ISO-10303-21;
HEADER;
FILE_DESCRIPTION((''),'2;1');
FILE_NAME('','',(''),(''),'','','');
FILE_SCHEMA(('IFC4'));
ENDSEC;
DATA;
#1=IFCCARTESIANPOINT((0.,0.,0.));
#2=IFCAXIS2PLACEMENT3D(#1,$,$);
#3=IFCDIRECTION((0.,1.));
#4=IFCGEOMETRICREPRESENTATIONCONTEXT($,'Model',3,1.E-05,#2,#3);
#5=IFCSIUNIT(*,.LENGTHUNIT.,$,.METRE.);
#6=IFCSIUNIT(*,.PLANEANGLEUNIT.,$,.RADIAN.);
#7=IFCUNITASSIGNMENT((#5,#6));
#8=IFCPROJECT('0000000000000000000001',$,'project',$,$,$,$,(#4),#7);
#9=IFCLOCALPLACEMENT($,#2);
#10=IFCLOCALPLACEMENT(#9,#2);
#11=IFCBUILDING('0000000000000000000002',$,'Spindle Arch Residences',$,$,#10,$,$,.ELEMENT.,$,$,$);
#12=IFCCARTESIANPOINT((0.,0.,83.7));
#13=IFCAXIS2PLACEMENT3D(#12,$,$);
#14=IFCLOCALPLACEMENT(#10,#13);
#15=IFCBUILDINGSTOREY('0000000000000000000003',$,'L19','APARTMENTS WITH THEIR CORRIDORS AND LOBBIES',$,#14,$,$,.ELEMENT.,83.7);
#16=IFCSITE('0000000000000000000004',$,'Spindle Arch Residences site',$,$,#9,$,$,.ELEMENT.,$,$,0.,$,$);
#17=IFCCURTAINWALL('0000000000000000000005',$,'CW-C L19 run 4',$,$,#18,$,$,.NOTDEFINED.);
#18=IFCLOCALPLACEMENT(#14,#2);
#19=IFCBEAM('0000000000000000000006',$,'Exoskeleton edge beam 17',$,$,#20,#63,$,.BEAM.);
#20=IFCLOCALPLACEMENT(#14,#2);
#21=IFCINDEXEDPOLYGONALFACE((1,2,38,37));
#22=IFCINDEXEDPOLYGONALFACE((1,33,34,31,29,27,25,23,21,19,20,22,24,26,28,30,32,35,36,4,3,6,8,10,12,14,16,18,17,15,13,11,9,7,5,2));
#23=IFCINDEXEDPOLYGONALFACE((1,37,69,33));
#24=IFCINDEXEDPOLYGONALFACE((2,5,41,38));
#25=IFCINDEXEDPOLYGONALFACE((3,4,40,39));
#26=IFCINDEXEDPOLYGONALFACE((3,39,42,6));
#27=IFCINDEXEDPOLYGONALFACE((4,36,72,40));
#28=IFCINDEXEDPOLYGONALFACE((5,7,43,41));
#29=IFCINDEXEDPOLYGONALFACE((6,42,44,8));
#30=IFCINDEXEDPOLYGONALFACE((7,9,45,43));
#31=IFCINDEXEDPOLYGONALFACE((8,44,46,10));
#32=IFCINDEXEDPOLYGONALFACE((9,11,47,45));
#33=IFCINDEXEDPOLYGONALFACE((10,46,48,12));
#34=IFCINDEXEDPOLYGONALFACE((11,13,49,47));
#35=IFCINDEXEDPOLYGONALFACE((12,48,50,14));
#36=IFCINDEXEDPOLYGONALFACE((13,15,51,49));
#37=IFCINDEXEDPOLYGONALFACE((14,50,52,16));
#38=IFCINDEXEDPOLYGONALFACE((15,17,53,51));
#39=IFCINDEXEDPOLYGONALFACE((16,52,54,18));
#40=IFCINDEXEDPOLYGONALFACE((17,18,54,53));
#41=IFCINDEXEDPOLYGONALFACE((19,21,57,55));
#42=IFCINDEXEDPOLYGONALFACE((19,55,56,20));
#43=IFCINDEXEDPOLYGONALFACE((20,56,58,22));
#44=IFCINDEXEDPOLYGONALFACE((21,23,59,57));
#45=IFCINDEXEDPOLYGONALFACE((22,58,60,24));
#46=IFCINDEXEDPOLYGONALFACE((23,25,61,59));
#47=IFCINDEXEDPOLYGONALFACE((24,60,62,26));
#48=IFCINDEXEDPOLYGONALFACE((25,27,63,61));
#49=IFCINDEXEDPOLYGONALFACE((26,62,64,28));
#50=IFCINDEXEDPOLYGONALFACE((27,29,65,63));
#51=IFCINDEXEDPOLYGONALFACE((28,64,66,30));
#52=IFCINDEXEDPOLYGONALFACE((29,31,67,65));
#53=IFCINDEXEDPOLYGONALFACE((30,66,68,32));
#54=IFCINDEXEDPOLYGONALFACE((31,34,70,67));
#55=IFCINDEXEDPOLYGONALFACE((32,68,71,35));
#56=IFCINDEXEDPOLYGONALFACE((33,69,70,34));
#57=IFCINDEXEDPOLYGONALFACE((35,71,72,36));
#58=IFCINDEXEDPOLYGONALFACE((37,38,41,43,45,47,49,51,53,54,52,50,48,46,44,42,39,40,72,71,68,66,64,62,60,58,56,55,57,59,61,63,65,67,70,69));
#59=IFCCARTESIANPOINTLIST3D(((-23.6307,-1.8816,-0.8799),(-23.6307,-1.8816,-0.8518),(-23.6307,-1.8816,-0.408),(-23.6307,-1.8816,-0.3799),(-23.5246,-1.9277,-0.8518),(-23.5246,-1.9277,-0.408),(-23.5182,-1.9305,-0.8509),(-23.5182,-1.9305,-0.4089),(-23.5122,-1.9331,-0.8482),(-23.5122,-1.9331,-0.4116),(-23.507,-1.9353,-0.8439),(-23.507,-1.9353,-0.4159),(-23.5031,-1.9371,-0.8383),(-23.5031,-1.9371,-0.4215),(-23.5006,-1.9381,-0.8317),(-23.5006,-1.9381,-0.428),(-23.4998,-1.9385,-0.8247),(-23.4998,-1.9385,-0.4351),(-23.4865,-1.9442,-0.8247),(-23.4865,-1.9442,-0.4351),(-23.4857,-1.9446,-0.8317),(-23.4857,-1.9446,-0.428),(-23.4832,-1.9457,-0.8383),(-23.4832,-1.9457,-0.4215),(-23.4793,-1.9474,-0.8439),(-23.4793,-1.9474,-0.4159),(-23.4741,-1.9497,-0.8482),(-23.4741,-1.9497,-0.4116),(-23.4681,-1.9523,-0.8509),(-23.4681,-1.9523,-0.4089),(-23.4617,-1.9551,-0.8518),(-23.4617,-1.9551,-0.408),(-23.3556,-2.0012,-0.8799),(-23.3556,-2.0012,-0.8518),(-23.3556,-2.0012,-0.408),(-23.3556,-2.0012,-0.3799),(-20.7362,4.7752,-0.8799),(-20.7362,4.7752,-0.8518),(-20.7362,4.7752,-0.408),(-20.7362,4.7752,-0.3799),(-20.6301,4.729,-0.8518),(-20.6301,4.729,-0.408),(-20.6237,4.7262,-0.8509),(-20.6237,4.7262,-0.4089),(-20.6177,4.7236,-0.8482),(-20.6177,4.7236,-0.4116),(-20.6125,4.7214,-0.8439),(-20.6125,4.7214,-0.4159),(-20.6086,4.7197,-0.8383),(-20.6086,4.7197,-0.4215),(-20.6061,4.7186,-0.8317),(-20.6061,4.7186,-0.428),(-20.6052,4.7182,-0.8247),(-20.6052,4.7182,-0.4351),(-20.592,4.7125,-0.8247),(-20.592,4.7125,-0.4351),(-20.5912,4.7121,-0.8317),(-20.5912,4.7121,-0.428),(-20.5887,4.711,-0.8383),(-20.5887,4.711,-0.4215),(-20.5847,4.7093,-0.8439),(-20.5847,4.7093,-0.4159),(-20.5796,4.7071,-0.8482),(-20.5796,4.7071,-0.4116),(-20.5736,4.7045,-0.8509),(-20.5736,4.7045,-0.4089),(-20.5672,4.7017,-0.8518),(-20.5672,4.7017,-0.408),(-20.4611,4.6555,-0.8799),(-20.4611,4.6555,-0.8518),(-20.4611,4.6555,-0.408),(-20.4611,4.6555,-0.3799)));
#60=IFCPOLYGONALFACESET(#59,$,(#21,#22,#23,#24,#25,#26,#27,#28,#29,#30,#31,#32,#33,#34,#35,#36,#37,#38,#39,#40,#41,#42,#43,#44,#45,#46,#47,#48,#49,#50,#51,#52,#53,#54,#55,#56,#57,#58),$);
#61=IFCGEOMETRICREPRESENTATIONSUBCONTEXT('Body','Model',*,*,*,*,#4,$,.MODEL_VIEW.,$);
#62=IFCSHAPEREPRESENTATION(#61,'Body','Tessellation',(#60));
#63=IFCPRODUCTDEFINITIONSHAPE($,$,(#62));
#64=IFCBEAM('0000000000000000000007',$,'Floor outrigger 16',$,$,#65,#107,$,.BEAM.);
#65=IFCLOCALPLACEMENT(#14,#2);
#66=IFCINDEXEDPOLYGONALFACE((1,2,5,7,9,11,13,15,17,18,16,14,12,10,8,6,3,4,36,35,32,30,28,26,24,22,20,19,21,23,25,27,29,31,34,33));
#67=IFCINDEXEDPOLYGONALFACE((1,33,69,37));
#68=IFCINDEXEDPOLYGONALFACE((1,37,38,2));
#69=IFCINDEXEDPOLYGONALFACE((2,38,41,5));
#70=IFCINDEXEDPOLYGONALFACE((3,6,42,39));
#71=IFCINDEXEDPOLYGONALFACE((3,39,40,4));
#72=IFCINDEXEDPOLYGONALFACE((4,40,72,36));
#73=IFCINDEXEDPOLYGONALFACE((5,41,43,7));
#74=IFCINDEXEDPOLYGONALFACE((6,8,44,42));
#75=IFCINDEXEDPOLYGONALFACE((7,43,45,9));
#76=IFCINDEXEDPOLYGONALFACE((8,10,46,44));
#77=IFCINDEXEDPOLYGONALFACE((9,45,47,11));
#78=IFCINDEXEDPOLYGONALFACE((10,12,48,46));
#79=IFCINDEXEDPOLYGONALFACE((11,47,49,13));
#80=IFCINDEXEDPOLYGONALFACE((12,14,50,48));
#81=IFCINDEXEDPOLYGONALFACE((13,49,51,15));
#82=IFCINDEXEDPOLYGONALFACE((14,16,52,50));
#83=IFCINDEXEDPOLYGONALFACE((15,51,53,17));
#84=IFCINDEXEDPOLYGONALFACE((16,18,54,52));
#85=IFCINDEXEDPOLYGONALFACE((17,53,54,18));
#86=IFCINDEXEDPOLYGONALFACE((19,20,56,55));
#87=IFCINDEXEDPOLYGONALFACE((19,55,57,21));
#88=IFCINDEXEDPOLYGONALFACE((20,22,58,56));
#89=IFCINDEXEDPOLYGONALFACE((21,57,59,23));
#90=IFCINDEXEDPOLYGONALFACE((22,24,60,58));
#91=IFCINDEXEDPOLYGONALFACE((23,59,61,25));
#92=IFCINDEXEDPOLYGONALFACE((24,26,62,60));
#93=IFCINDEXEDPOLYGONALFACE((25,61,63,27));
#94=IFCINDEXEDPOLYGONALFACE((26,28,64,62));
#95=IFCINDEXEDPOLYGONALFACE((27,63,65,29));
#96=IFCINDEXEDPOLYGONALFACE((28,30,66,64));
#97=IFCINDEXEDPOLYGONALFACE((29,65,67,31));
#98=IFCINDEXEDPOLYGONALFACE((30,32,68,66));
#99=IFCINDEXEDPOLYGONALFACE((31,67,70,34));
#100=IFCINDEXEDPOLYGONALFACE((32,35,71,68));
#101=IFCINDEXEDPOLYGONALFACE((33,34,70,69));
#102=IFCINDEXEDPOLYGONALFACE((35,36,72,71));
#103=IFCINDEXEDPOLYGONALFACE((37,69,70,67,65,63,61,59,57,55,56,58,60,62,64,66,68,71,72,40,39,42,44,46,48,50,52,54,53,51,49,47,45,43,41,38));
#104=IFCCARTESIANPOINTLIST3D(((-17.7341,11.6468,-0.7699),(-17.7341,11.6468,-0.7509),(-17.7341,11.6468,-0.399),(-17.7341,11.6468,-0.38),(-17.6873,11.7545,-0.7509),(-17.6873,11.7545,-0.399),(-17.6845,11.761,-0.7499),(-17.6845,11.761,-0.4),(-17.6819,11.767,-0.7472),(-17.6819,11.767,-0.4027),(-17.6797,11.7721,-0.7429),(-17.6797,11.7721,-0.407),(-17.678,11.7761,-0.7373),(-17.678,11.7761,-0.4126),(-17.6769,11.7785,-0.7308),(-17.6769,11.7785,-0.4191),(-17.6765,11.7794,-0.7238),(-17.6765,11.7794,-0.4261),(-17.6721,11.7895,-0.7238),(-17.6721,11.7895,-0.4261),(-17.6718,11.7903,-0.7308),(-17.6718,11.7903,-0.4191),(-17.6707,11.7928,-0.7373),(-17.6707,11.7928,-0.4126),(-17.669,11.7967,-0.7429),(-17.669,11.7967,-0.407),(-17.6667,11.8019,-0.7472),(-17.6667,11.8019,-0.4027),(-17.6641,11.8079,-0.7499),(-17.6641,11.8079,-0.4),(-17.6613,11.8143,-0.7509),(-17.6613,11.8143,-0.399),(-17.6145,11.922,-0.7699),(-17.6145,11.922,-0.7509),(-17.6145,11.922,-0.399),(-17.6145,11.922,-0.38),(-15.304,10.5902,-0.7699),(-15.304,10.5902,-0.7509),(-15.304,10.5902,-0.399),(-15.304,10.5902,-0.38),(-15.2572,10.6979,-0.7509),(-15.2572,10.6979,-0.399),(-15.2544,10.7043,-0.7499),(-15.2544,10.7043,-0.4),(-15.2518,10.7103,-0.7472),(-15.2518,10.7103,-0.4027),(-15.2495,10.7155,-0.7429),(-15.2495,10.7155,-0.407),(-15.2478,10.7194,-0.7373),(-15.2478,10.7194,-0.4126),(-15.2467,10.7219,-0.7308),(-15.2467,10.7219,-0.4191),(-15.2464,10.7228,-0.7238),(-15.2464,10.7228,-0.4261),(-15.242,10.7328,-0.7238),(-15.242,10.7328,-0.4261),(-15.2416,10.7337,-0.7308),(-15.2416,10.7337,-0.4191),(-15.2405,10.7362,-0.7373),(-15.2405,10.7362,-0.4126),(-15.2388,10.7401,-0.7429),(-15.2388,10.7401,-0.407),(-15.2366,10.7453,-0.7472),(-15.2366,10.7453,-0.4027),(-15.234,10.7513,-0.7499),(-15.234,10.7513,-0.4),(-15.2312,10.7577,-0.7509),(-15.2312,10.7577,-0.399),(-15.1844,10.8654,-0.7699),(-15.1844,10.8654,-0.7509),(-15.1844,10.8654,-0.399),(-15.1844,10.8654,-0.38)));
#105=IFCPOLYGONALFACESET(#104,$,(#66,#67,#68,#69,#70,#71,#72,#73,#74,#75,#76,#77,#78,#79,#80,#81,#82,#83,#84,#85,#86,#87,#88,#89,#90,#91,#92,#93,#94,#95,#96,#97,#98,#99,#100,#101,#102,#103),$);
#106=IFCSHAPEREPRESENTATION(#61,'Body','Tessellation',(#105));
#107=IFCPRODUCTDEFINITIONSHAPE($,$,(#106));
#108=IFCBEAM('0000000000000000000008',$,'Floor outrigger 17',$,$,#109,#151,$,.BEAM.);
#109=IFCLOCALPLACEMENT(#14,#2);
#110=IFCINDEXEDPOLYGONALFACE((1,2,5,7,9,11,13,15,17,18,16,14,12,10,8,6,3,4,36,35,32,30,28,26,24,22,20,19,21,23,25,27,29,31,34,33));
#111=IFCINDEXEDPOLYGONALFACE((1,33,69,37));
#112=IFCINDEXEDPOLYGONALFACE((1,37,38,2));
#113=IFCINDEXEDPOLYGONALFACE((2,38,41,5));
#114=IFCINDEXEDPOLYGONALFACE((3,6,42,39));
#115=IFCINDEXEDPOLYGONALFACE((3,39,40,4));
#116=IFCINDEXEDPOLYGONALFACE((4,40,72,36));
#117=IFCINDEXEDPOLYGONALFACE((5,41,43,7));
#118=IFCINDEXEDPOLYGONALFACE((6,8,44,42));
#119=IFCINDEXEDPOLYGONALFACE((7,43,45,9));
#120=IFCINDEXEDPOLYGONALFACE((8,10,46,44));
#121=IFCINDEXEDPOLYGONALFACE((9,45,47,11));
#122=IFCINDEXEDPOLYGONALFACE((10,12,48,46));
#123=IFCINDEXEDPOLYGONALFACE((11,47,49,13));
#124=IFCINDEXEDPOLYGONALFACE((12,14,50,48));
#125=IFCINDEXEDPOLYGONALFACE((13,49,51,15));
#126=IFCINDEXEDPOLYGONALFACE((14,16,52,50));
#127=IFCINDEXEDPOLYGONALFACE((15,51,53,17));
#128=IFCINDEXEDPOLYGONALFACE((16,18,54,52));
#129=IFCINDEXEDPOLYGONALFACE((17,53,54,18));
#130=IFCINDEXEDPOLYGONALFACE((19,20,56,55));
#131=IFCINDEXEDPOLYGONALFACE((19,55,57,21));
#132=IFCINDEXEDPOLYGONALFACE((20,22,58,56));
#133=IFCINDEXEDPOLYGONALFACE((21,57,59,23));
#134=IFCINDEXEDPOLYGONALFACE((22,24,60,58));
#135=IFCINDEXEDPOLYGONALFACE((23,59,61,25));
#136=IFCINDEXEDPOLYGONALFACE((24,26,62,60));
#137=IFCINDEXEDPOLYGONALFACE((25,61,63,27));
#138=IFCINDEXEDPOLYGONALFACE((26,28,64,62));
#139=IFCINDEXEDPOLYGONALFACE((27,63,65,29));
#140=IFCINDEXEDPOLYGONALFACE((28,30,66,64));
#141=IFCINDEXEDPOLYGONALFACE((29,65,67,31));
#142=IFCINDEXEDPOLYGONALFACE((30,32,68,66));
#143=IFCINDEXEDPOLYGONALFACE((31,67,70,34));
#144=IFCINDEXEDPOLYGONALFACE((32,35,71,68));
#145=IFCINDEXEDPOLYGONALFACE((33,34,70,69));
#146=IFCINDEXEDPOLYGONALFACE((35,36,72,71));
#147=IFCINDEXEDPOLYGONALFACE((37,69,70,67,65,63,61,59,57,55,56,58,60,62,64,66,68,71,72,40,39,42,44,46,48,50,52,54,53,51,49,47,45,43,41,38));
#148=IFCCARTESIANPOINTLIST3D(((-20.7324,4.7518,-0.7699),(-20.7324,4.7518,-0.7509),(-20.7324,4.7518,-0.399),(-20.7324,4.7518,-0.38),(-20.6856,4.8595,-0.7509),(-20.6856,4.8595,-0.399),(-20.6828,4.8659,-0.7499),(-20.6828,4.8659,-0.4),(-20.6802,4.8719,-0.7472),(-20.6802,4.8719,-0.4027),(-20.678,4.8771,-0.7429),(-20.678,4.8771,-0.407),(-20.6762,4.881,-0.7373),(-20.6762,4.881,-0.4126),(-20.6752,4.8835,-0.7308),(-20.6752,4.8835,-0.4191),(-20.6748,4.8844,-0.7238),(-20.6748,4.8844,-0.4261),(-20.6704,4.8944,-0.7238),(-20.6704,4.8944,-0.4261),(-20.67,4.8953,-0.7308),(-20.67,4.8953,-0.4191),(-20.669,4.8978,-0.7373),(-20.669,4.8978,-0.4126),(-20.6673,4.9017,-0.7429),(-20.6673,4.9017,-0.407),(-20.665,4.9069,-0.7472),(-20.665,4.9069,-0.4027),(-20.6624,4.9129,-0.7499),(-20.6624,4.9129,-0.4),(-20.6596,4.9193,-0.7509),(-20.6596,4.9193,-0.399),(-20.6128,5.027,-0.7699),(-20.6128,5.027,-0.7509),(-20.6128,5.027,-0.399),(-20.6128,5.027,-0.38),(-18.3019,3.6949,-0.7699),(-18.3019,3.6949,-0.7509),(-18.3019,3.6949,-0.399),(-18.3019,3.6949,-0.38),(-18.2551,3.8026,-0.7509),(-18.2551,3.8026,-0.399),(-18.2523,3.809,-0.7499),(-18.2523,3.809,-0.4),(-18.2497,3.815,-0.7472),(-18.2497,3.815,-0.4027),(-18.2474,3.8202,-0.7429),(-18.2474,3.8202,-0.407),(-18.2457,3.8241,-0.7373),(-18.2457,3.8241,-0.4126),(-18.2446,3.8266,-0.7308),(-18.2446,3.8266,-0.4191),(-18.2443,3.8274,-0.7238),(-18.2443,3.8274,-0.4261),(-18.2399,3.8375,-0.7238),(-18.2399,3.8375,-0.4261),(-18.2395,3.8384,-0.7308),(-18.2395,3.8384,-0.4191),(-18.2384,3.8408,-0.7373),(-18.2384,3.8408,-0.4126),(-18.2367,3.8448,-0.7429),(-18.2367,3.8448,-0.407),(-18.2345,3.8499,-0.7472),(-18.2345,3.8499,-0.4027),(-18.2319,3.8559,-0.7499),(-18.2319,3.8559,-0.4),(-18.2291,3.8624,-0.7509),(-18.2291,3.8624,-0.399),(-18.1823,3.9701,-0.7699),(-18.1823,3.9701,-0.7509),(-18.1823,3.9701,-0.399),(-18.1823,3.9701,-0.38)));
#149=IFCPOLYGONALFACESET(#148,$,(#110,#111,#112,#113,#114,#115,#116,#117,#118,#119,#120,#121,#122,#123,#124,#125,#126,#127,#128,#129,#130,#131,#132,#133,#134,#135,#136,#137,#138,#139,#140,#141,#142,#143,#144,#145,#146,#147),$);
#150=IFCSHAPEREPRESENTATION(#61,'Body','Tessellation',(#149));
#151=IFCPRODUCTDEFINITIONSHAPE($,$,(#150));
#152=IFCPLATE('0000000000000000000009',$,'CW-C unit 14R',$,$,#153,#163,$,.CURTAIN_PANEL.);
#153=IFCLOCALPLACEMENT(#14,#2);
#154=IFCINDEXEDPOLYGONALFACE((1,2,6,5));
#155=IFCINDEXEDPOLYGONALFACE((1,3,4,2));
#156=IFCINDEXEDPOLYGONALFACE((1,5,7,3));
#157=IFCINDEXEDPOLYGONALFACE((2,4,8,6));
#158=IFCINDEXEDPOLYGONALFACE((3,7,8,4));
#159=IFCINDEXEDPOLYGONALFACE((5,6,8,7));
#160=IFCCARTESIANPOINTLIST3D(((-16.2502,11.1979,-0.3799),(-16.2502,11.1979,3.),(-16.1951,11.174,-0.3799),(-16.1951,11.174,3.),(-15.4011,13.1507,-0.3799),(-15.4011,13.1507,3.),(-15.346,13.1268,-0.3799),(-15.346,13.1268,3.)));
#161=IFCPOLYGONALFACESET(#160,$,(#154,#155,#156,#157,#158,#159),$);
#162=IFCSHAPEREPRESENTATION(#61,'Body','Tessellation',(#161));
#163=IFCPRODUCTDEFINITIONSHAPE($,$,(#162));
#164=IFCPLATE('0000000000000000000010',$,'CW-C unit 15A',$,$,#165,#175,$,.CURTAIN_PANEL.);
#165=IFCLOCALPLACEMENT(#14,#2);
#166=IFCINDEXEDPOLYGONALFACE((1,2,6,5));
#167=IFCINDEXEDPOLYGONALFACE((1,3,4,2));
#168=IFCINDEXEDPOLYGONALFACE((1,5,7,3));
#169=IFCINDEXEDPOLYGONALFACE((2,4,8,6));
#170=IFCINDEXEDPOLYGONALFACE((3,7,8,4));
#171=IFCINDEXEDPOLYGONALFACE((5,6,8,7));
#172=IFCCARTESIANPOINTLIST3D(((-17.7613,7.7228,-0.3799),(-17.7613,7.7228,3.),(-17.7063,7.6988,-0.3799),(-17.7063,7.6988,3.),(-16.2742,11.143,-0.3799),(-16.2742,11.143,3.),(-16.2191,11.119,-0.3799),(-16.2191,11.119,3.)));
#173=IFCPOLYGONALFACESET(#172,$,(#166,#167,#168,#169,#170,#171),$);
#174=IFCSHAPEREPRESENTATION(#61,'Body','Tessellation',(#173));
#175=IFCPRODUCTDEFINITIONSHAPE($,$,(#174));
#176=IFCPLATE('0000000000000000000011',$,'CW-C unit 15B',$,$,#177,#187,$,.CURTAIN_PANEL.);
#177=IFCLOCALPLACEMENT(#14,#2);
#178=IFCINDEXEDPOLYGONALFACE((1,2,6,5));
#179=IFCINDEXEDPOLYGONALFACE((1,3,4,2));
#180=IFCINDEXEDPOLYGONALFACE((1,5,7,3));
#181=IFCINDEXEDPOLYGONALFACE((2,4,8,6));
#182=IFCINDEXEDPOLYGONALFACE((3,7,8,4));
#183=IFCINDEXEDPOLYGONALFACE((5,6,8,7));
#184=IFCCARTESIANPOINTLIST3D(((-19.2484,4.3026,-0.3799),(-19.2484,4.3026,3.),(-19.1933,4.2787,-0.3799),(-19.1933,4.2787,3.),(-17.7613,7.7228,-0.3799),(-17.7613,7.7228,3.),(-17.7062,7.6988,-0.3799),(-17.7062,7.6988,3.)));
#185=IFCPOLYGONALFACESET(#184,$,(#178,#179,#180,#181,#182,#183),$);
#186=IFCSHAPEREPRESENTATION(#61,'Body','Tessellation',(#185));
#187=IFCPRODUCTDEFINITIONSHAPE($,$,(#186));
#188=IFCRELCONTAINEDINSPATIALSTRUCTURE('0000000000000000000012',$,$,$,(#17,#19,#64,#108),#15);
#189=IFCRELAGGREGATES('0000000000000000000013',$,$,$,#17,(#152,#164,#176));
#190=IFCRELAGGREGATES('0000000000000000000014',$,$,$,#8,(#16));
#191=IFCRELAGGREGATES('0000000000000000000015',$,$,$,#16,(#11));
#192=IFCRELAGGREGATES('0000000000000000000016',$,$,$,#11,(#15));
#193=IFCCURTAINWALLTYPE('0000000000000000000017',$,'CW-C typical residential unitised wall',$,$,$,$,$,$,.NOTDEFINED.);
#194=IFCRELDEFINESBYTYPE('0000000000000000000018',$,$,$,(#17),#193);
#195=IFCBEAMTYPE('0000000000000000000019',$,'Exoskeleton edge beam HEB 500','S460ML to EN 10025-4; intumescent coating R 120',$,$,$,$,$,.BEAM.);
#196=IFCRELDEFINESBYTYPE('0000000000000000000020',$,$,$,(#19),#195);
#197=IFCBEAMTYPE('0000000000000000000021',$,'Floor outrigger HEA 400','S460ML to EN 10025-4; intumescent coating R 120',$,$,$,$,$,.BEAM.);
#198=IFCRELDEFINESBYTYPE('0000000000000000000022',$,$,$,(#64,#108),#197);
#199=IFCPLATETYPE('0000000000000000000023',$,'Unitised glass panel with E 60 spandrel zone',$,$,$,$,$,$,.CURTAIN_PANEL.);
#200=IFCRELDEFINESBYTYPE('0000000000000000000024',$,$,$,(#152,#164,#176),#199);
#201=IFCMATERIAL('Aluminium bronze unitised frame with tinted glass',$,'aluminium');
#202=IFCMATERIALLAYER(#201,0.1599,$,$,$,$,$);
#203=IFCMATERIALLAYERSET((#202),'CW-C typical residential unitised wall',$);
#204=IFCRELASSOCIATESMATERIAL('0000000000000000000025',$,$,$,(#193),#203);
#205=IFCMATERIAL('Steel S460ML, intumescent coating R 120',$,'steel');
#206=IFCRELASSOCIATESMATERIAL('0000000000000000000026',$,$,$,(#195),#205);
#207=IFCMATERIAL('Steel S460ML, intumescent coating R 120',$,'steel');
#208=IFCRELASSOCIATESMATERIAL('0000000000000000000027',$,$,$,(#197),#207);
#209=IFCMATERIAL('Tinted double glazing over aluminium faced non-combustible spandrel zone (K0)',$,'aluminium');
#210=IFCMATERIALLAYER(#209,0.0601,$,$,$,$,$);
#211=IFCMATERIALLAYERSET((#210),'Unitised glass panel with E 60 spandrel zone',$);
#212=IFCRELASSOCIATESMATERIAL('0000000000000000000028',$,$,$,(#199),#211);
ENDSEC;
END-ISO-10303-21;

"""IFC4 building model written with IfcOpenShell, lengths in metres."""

from ifc_helpers import new_model, si_unit, direction, frame, origin, origin_2d, place, context, subcontext, project, spatial, rectangle, i_section, extrude, material, layer, layer_set, material_profile, profile_set, type_object, element, aggregate, save


model = new_model("IFC4")

# Units and contexts
model_context = context("Model", 3, precision=1e-05, world=origin(), true_north=direction((0.0, 1.0)))
body_context = subcontext(model_context, "Body", "Model", "MODEL_VIEW")
ifc_project = project(units=[si_unit("LENGTHUNIT", "METRE"), si_unit("PLANEANGLEUNIT", "RADIAN")], contexts=[model_context])

# Site, building, storey
site_placement = place(None, origin())
site = spatial("IfcSite", under=ifc_project, at=site_placement, Name="Spindle Arch Residences site", CompositionType="ELEMENT", RefElevation=0.0)
building_placement = place(site_placement, origin())
building = spatial("IfcBuilding", under=site, at=building_placement, Name="Spindle Arch Residences", CompositionType="ELEMENT")
storey_placement = place(building_placement, frame((0.0, 0.0, 83.7)))
storey = spatial("IfcBuildingStorey", under=building, at=storey_placement, Name="L19", Description="APARTMENTS WITH THEIR CORRIDORS AND LOBBIES", CompositionType="ELEMENT", Elevation=83.7)

# Curtain wall
ifc_material_1 = material(Name="Aluminium bronze unitised frame with tinted glass", Category="aluminium")
ifc_layer_1 = layer(ifc_material_1, 0.1599)
ifc_layer_set_1 = layer_set([ifc_layer_1], Name="CW-C typical residential unitised wall")
curtain_wall_type = type_object("IfcCurtainWallType", Name="CW-C typical residential unitised wall", PredefinedType="NOTDEFINED", material=ifc_layer_set_1)
curtain_wall_placement = place(storey_placement, origin())
curtain_wall = element("IfcCurtainWall", 1, at=curtain_wall_placement, inside=storey, type_object=curtain_wall_type, Name="CW-C L19 run 4", PredefinedType="NOTDEFINED")

# Beams
ifc_material_2 = material(Name="Steel S460ML, intumescent coating R 120", Category="steel")
ifc_material_profile_1 = material_profile(ifc_material_2, i_section(OverallWidth=0.3, OverallDepth=0.5, WebThickness=0.0144, FlangeThickness=0.0281, FilletRadius=0.0271, at=origin_2d()), Name="HEB 500")
ifc_profile_set_1 = profile_set([ifc_material_profile_1], Name="Steel S460ML, intumescent coating R 120")
beam_type_1 = type_object("IfcBeamType", Name="Exoskeleton edge beam HEB 500", Description="S460ML to EN 10025-4; intumescent coating R 120", PredefinedType="BEAM", material=ifc_profile_set_1)
for number, where, z_axis, x_axis, name in (
    (2, (-20.5986, 4.7153, -0.6299), (-0.398761, -0.917055, 0.0), (0.917055, -0.398761, 0.0), "Exoskeleton edge beam 17"),
):
    element("IfcBeam", number, at=place(storey_placement, frame(where, z_axis=z_axis, x_axis=x_axis)), inside=storey, type_object=beam_type_1, Name=name, PredefinedType="BEAM", context=body_context, shape_type="SweptSolid", body=[
        extrude(i_section(OverallWidth=0.3, OverallDepth=0.5, WebThickness=0.0144, FlangeThickness=0.0281, FilletRadius=0.0271, at=origin_2d()), origin(), (0.0, 0.0, 1.0), 7.2588),
    ])
ifc_material_3 = material(Name="Steel S460ML, intumescent coating R 120", Category="steel")
ifc_material_profile_2 = material_profile(ifc_material_3, i_section(OverallWidth=0.3, OverallDepth=0.3899, WebThickness=0.011, FlangeThickness=0.019, FilletRadius=0.0271, at=origin_2d()), Name="HEA 400")
ifc_profile_set_2 = profile_set([ifc_material_profile_2], Name="Steel S460ML, intumescent coating R 120")
beam_type_2 = type_object("IfcBeamType", Name="Floor outrigger HEA 400", Description="S460ML to EN 10025-4; intumescent coating R 120", PredefinedType="BEAM", material=ifc_profile_set_2)
beam_1_placement = place(storey_placement, frame((-17.6743, 11.7844, -0.575), z_axis=(0.917064, -0.39874, 0.0), x_axis=(0.39874, 0.917064, 0.0)))
element("IfcBeam", 3, at=beam_1_placement, inside=storey, type_object=beam_type_2, Name="Floor outrigger 16", PredefinedType="BEAM", context=body_context, shape_type="SweptSolid", body=[
    extrude(i_section(OverallWidth=0.3, OverallDepth=0.3899, WebThickness=0.011, FlangeThickness=0.019, FilletRadius=0.0271, at=origin_2d()), origin(), (0.0, 0.0, 1.0), 2.6499),
])
beam_2_placement = place(storey_placement, frame((-20.6726, 4.8894, -0.575), z_axis=(0.917045, -0.398783, 0.0), x_axis=(0.398783, 0.917045, 0.0)))
element("IfcBeam", 4, at=beam_2_placement, inside=storey, type_object=beam_type_2, Name="Floor outrigger 17", PredefinedType="BEAM", context=body_context, shape_type="SweptSolid", body=[
    extrude(i_section(OverallWidth=0.3, OverallDepth=0.3899, WebThickness=0.011, FlangeThickness=0.019, FilletRadius=0.0271, at=origin_2d()), origin(), (0.0, 0.0, 1.0), 2.6504),
])

# Plates
ifc_material_4 = material(Name="Tinted double glazing over aluminium faced non-combustible spandrel zone (K0)", Category="aluminium")
ifc_layer_2 = layer(ifc_material_4, 0.0601)
ifc_layer_set_2 = layer_set([ifc_layer_2], Name="Unitised glass panel with E 60 spandrel zone")
plate_type = type_object("IfcPlateType", Name="Unitised glass panel with E 60 spandrel zone", PredefinedType="CURTAIN_PANEL", material=ifc_layer_set_2)
plate_1_placement = place(storey_placement, frame((-15.7981, 12.1624, -0.3799), z_axis=(0.0, 0.0, 1.0), x_axis=(-0.398749, -0.91706, 0.0)))
plate_1 = element("IfcPlate", 5, at=plate_1_placement, type_object=plate_type, Name="CW-C unit 14R", PredefinedType="CURTAIN_PANEL", context=body_context, shape_type="SweptSolid", body=[
    extrude(rectangle(XDim=2.1294, YDim=0.0601, at=origin_2d()), origin(), (0.0, 0.0, 1.0), 3.3799),
])
plate_2_placement = place(storey_placement, frame((-16.9902, 9.4209, -0.3799), z_axis=(0.0, 0.0, 1.0), x_axis=(-0.398749, -0.91706, 0.0)))
plate_2 = element("IfcPlate", 6, at=plate_2_placement, type_object=plate_type, Name="CW-C unit 15A", PredefinedType="CURTAIN_PANEL", context=body_context, shape_type="SweptSolid", body=[
    extrude(rectangle(XDim=3.7295, YDim=0.0601, at=origin_2d()), origin(), (0.0, 0.0, 1.0), 3.3799),
])
plate_3_placement = place(storey_placement, frame((-18.4773, 6.0007, -0.3799), z_axis=(0.0, 0.0, 1.0), x_axis=(-0.398749, -0.91706, 0.0)))
plate_3 = element("IfcPlate", 7, at=plate_3_placement, type_object=plate_type, Name="CW-C unit 15B", PredefinedType="CURTAIN_PANEL", context=body_context, shape_type="SweptSolid", body=[
    extrude(rectangle(XDim=3.7295, YDim=0.0601, at=origin_2d()), origin(), (0.0, 0.0, 1.0), 3.3799),
])
aggregate(curtain_wall, [plate_1, plate_2, plate_3])

save(model, "model.ifc")
